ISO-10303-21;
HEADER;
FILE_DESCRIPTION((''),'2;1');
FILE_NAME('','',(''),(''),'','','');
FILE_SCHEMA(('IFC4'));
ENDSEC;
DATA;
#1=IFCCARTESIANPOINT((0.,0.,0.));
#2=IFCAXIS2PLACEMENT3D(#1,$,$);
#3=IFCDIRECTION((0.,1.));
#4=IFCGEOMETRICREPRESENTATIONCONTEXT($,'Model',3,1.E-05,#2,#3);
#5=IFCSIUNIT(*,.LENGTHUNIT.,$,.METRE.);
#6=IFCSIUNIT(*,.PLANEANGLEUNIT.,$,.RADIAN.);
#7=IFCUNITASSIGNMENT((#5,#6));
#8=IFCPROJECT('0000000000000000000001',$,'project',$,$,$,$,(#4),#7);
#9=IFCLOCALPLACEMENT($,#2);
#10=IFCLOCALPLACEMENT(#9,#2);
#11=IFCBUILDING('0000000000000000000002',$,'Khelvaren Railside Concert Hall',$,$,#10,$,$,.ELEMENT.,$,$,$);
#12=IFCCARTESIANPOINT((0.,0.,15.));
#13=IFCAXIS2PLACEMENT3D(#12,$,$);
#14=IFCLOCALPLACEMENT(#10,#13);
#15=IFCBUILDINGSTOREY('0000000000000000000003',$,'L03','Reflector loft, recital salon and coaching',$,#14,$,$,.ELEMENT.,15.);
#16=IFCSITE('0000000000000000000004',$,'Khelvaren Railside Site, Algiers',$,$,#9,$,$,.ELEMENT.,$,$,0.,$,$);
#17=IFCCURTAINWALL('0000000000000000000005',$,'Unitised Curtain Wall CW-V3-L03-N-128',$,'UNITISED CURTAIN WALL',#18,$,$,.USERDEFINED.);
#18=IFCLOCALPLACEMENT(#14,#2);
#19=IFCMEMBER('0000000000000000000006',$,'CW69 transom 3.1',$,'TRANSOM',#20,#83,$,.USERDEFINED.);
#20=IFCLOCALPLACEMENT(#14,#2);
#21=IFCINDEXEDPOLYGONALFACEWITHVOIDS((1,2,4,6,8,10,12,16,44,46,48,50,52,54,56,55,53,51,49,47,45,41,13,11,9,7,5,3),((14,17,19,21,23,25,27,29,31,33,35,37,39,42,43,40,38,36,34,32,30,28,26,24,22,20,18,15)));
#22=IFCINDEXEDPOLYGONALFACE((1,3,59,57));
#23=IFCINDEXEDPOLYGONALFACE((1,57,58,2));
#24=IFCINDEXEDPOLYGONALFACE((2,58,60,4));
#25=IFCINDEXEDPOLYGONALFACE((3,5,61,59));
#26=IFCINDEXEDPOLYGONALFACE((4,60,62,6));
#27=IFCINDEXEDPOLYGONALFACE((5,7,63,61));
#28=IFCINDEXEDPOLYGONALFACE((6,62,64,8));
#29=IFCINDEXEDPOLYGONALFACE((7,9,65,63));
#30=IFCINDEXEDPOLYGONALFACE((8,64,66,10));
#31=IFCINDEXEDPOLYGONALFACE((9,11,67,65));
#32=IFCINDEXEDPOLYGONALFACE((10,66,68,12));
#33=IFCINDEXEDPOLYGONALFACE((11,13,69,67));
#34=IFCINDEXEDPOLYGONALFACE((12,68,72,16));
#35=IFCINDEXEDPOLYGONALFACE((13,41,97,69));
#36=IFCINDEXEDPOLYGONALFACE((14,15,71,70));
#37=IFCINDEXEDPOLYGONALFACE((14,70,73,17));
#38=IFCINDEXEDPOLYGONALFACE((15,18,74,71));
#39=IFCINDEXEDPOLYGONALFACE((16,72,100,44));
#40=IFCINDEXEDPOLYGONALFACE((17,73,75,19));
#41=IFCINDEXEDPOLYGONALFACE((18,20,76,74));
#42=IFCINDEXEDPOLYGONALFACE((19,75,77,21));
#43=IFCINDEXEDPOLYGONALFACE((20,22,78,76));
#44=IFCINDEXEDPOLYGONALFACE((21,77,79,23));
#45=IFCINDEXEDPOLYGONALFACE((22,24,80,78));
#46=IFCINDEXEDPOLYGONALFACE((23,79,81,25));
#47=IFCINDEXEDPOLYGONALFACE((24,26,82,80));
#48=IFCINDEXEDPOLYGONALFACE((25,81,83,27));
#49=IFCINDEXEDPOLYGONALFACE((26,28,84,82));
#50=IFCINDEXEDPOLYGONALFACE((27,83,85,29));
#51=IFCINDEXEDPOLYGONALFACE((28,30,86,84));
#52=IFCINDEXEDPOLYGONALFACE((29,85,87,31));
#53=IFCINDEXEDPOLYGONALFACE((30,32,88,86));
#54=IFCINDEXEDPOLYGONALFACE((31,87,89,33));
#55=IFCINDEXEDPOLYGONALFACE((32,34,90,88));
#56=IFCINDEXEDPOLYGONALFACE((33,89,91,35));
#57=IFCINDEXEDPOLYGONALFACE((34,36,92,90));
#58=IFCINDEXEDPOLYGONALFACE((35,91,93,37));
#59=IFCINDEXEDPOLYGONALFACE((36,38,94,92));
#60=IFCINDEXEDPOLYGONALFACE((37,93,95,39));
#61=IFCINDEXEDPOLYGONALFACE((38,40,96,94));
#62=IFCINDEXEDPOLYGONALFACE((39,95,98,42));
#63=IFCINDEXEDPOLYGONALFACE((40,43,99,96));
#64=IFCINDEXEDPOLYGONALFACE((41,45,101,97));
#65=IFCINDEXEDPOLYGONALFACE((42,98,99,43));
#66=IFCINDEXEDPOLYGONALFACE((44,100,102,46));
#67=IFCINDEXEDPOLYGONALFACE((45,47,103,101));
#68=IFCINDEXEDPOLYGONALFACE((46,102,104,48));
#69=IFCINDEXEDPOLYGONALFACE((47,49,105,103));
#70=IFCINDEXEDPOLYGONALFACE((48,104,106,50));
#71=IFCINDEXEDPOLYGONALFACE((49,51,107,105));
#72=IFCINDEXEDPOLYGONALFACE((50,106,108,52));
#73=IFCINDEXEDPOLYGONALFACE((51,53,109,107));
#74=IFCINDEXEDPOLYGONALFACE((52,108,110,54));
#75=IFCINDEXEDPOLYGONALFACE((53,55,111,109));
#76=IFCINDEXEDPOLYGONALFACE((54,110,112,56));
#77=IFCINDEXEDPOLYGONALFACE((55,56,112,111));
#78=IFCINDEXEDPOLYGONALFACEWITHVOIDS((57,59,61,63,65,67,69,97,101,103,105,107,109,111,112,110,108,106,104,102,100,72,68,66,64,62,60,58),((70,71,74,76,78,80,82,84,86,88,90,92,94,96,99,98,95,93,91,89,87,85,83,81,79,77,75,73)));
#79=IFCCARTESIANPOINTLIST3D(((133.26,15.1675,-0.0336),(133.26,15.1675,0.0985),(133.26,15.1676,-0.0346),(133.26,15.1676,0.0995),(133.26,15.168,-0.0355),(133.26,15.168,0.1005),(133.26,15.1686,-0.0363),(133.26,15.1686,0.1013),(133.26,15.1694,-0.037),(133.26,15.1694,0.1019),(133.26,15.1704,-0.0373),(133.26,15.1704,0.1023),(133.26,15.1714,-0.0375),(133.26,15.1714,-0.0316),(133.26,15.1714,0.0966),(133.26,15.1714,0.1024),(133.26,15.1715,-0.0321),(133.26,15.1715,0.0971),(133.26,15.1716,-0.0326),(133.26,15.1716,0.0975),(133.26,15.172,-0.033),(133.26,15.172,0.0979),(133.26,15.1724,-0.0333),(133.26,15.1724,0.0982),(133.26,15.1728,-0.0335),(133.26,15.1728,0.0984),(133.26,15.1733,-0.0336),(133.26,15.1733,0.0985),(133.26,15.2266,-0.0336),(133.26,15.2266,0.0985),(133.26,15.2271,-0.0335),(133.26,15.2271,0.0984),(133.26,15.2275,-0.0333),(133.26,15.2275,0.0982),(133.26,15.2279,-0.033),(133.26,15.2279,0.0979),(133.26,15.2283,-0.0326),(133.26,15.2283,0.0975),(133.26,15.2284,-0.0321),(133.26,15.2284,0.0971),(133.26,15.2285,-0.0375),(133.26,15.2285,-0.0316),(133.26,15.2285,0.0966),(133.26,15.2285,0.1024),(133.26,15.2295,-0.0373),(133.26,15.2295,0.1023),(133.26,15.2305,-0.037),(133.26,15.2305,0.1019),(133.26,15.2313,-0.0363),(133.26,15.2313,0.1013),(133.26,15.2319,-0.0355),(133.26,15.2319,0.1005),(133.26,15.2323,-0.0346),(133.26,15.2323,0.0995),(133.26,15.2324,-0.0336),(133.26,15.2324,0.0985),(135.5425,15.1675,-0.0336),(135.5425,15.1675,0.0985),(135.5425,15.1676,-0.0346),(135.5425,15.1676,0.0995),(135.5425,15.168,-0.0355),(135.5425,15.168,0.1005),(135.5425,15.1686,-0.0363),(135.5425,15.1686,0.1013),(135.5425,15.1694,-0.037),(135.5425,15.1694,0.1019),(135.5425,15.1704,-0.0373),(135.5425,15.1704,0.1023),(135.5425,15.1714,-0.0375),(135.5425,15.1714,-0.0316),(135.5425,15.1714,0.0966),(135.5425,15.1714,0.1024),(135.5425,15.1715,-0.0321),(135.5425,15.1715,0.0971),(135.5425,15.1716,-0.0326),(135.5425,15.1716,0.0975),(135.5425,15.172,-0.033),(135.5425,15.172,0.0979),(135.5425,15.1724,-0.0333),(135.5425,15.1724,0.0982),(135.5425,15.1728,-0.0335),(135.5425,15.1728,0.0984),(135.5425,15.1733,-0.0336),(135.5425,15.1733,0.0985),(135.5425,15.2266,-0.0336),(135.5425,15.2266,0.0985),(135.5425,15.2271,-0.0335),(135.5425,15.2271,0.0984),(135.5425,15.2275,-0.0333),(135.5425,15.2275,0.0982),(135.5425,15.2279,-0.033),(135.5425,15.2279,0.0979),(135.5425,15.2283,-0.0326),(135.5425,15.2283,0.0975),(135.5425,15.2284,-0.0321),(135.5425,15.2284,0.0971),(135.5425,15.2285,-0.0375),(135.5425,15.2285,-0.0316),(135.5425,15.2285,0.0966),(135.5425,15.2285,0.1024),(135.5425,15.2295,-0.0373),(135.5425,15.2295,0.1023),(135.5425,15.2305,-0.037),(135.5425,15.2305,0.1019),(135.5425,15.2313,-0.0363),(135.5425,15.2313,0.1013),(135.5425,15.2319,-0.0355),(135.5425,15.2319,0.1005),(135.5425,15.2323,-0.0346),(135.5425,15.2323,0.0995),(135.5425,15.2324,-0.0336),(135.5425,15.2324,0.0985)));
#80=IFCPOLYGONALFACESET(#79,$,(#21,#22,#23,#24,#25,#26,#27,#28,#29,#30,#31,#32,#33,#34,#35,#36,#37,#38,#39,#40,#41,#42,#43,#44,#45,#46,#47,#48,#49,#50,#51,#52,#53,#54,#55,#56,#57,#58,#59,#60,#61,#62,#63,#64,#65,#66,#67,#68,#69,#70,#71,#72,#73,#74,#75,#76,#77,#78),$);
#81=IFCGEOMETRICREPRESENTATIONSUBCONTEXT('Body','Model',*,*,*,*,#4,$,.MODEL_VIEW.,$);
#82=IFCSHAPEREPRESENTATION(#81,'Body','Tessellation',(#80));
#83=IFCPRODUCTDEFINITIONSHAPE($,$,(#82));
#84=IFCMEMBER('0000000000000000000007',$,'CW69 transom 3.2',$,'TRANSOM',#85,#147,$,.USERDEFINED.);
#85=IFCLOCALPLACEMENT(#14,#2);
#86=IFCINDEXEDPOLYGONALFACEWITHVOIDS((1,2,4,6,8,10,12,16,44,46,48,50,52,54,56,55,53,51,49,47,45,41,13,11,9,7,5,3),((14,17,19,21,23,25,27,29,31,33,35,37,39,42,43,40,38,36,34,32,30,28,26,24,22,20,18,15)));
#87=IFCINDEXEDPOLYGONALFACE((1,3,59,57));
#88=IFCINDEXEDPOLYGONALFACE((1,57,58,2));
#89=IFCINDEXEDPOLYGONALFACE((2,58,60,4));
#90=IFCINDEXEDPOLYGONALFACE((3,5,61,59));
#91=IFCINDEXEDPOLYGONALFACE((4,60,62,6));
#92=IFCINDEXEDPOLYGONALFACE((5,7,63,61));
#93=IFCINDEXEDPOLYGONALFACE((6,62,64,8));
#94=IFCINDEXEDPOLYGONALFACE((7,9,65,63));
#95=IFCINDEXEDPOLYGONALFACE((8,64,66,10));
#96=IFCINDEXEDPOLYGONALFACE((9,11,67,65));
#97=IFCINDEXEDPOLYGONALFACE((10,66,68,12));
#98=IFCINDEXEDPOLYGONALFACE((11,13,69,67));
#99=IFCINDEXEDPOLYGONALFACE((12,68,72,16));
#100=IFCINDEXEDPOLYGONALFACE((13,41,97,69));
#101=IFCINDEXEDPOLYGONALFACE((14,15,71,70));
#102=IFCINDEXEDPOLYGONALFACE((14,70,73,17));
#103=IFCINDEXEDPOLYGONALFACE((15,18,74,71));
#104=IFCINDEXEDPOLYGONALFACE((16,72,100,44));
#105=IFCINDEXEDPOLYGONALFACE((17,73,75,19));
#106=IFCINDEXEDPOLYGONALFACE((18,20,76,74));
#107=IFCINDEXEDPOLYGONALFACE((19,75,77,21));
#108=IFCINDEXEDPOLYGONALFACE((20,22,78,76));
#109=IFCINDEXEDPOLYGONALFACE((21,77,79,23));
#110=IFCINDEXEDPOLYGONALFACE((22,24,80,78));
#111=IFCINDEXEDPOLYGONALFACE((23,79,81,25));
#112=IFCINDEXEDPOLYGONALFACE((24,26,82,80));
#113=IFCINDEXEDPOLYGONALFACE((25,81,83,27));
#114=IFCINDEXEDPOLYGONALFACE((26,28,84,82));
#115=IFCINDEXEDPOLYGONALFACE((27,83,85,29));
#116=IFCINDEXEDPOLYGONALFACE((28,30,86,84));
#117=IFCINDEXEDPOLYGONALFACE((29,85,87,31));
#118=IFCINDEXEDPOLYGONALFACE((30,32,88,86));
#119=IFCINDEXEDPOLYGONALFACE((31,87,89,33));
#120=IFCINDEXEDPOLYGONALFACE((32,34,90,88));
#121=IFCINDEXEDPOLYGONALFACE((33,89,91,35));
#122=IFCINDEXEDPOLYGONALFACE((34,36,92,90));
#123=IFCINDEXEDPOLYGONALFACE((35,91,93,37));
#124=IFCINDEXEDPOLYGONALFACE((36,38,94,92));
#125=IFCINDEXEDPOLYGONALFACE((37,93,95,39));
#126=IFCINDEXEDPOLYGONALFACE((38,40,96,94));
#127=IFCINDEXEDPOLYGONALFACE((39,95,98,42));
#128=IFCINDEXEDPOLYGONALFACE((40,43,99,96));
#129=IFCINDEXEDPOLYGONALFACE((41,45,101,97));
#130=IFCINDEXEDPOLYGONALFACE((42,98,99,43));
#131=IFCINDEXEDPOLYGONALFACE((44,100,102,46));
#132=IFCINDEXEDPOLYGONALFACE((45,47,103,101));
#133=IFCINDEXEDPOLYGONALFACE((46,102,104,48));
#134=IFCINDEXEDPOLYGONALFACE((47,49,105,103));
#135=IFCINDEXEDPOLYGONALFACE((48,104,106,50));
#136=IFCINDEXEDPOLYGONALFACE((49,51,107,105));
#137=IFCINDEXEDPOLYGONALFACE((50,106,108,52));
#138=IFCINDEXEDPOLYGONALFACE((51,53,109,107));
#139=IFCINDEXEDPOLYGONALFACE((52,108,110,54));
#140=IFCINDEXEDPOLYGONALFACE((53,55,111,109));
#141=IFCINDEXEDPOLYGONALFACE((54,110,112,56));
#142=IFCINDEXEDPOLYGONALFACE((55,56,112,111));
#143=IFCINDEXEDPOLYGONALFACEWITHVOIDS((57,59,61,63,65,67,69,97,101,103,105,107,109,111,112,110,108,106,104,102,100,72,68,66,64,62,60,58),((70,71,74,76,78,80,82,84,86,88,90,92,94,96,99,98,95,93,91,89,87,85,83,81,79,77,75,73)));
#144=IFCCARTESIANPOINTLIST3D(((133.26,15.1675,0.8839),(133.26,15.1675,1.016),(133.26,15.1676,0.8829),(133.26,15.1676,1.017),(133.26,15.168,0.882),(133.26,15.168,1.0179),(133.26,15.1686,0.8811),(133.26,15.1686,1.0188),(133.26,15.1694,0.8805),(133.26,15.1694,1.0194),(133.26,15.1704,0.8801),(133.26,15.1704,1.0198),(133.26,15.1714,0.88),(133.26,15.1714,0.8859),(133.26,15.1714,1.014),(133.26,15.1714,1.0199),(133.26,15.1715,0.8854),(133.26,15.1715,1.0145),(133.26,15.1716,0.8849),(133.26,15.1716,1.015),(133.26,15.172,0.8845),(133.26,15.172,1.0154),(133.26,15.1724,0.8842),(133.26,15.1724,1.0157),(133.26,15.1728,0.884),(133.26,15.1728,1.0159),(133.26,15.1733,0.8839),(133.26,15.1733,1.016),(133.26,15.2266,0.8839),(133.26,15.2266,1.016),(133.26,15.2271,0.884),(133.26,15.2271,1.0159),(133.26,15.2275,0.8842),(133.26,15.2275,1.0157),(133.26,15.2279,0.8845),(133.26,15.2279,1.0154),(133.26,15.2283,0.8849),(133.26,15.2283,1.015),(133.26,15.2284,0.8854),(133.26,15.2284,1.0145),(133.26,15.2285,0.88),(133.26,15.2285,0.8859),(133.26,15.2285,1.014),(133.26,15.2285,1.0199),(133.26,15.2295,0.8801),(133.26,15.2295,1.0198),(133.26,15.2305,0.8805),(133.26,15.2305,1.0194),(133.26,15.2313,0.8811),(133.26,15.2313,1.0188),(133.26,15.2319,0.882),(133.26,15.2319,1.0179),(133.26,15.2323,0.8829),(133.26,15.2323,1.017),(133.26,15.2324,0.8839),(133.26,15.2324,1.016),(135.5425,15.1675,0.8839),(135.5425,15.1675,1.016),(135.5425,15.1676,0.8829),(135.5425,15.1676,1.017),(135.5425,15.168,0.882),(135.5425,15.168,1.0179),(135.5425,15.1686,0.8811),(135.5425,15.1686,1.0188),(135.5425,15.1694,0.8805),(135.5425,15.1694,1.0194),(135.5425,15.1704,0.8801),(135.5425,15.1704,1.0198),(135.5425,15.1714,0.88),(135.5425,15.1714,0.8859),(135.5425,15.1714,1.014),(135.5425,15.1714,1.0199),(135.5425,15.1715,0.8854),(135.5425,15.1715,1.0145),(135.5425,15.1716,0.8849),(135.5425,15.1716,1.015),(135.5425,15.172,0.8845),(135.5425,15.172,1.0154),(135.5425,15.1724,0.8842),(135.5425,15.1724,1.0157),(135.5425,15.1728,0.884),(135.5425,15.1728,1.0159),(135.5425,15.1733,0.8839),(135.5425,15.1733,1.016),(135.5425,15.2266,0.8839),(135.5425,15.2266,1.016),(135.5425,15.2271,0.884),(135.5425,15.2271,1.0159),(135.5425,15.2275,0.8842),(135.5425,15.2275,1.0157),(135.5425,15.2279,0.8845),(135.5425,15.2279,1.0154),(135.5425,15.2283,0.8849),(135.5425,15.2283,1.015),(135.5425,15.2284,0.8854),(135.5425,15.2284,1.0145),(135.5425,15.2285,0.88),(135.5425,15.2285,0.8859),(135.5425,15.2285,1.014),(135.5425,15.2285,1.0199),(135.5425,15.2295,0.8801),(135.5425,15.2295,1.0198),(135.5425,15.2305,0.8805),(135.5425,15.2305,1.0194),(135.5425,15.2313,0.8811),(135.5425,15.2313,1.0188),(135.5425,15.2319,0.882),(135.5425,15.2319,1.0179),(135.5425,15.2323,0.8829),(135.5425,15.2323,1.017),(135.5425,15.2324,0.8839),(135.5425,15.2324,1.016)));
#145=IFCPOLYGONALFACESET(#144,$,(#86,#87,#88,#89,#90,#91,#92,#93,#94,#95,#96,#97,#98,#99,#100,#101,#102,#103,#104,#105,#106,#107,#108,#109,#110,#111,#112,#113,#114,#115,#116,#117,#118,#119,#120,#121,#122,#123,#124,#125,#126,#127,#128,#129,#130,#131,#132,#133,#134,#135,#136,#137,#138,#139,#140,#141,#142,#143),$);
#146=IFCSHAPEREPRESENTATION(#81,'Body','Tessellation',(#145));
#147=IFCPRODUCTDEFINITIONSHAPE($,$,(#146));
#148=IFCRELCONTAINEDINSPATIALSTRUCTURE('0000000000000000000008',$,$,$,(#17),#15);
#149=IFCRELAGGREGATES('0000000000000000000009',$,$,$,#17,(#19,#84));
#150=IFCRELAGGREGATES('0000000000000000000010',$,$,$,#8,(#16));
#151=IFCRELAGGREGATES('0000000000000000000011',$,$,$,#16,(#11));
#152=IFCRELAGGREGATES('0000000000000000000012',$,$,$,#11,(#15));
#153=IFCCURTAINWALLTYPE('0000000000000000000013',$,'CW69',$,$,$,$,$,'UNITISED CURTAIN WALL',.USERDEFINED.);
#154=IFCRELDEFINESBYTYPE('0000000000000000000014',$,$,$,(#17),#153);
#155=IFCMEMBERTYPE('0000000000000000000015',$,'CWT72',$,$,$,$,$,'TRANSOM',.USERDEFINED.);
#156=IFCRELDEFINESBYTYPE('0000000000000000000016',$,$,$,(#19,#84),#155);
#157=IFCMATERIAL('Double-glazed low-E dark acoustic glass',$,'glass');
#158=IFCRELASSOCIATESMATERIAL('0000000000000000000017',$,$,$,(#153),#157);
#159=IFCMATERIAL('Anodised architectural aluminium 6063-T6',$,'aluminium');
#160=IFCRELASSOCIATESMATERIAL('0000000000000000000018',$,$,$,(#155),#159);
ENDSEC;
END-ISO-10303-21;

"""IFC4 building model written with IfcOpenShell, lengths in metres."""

from ifc_helpers import new_model, si_unit, direction, frame, origin, origin_2d, place, context, subcontext, project, spatial, hollow_rectangle, extrude, material, material_profile, profile_set, type_object, element, aggregate, save


model = new_model("IFC4")

# Units and contexts
model_context = context("Model", 3, precision=1e-05, world=origin(), true_north=direction((0.0, 1.0)))
body_context = subcontext(model_context, "Body", "Model", "MODEL_VIEW")
ifc_project = project(units=[si_unit("LENGTHUNIT", "METRE"), si_unit("PLANEANGLEUNIT", "RADIAN")], contexts=[model_context])

# Site, building, storey
site_placement = place(None, origin())
site = spatial("IfcSite", under=ifc_project, at=site_placement, Name="Khelvaren Railside Site, Algiers", CompositionType="ELEMENT", RefElevation=0.0)
building_placement = place(site_placement, origin())
building = spatial("IfcBuilding", under=site, at=building_placement, Name="Khelvaren Railside Concert Hall", CompositionType="ELEMENT")
storey_placement = place(building_placement, frame((0.0, 0.0, 15.0)))
storey = spatial("IfcBuildingStorey", under=building, at=storey_placement, Name="L03", Description="Reflector loft, recital salon and coaching", CompositionType="ELEMENT", Elevation=15.0)

# Shared definitions
ifc_material_1 = material(Name="Double-glazed low-E dark acoustic glass", Category="glass")
ifc_material_2 = material(Name="Anodised architectural aluminium 6063-T6", Category="aluminium")

# Curtain wall, members
curtain_wall_type_1 = type_object("IfcCurtainWallType", Name="CW69", ElementType="UNITISED CURTAIN WALL", PredefinedType="USERDEFINED", material=ifc_material_1)
curtain_wall_1_placement = place(storey_placement, origin())
curtain_wall_1 = element("IfcCurtainWall", 1, at=curtain_wall_1_placement, inside=storey, type_object=curtain_wall_type_1, Name="Unitised Curtain Wall CW-V3-L03-N-128", ObjectType="UNITISED CURTAIN WALL", PredefinedType="USERDEFINED")
ifc_material_profile_1 = material_profile(ifc_material_2, hollow_rectangle(XDim=0.0649, YDim=0.1399, WallThickness=0.0039, InnerFilletRadius=0.002, OuterFilletRadius=0.0039, at=origin_2d()), Name="CWT 65x140x4")
ifc_profile_set_1 = profile_set([ifc_material_profile_1], Name="Anodised architectural aluminium 6063-T6")
member_type_1 = type_object("IfcMemberType", Name="CWT72", ElementType="TRANSOM", PredefinedType="USERDEFINED", material=ifc_profile_set_1)
member_1_placement = place(storey_placement, frame((133.26, 15.2, 0.0325), z_axis=(1.0, 0.0, 0.0), x_axis=(0.0, 1.0, 0.0)))
member_1 = element("IfcMember", 2, at=member_1_placement, type_object=member_type_1, Name="CW69 transom 3.1", ObjectType="TRANSOM", PredefinedType="USERDEFINED", context=body_context, shape_type="SweptSolid", body=[
    extrude(hollow_rectangle(XDim=0.0649, YDim=0.1399, WallThickness=0.0039, InnerFilletRadius=0.002, OuterFilletRadius=0.0039, at=origin_2d()), origin(), (0.0, 0.0, 1.0), 2.2825),
])
member_2_placement = place(storey_placement, frame((133.26, 15.2, 0.95), z_axis=(1.0, 0.0, 0.0), x_axis=(0.0, 1.0, 0.0)))
member_2 = element("IfcMember", 3, at=member_2_placement, type_object=member_type_1, Name="CW69 transom 3.2", ObjectType="TRANSOM", PredefinedType="USERDEFINED", context=body_context, shape_type="SweptSolid", body=[
    extrude(hollow_rectangle(XDim=0.0649, YDim=0.1399, WallThickness=0.0039, InnerFilletRadius=0.002, OuterFilletRadius=0.0039, at=origin_2d()), origin(), (0.0, 0.0, 1.0), 2.2825),
])

aggregate(curtain_wall_1, [member_1, member_2])

save(model, "model.ifc")
